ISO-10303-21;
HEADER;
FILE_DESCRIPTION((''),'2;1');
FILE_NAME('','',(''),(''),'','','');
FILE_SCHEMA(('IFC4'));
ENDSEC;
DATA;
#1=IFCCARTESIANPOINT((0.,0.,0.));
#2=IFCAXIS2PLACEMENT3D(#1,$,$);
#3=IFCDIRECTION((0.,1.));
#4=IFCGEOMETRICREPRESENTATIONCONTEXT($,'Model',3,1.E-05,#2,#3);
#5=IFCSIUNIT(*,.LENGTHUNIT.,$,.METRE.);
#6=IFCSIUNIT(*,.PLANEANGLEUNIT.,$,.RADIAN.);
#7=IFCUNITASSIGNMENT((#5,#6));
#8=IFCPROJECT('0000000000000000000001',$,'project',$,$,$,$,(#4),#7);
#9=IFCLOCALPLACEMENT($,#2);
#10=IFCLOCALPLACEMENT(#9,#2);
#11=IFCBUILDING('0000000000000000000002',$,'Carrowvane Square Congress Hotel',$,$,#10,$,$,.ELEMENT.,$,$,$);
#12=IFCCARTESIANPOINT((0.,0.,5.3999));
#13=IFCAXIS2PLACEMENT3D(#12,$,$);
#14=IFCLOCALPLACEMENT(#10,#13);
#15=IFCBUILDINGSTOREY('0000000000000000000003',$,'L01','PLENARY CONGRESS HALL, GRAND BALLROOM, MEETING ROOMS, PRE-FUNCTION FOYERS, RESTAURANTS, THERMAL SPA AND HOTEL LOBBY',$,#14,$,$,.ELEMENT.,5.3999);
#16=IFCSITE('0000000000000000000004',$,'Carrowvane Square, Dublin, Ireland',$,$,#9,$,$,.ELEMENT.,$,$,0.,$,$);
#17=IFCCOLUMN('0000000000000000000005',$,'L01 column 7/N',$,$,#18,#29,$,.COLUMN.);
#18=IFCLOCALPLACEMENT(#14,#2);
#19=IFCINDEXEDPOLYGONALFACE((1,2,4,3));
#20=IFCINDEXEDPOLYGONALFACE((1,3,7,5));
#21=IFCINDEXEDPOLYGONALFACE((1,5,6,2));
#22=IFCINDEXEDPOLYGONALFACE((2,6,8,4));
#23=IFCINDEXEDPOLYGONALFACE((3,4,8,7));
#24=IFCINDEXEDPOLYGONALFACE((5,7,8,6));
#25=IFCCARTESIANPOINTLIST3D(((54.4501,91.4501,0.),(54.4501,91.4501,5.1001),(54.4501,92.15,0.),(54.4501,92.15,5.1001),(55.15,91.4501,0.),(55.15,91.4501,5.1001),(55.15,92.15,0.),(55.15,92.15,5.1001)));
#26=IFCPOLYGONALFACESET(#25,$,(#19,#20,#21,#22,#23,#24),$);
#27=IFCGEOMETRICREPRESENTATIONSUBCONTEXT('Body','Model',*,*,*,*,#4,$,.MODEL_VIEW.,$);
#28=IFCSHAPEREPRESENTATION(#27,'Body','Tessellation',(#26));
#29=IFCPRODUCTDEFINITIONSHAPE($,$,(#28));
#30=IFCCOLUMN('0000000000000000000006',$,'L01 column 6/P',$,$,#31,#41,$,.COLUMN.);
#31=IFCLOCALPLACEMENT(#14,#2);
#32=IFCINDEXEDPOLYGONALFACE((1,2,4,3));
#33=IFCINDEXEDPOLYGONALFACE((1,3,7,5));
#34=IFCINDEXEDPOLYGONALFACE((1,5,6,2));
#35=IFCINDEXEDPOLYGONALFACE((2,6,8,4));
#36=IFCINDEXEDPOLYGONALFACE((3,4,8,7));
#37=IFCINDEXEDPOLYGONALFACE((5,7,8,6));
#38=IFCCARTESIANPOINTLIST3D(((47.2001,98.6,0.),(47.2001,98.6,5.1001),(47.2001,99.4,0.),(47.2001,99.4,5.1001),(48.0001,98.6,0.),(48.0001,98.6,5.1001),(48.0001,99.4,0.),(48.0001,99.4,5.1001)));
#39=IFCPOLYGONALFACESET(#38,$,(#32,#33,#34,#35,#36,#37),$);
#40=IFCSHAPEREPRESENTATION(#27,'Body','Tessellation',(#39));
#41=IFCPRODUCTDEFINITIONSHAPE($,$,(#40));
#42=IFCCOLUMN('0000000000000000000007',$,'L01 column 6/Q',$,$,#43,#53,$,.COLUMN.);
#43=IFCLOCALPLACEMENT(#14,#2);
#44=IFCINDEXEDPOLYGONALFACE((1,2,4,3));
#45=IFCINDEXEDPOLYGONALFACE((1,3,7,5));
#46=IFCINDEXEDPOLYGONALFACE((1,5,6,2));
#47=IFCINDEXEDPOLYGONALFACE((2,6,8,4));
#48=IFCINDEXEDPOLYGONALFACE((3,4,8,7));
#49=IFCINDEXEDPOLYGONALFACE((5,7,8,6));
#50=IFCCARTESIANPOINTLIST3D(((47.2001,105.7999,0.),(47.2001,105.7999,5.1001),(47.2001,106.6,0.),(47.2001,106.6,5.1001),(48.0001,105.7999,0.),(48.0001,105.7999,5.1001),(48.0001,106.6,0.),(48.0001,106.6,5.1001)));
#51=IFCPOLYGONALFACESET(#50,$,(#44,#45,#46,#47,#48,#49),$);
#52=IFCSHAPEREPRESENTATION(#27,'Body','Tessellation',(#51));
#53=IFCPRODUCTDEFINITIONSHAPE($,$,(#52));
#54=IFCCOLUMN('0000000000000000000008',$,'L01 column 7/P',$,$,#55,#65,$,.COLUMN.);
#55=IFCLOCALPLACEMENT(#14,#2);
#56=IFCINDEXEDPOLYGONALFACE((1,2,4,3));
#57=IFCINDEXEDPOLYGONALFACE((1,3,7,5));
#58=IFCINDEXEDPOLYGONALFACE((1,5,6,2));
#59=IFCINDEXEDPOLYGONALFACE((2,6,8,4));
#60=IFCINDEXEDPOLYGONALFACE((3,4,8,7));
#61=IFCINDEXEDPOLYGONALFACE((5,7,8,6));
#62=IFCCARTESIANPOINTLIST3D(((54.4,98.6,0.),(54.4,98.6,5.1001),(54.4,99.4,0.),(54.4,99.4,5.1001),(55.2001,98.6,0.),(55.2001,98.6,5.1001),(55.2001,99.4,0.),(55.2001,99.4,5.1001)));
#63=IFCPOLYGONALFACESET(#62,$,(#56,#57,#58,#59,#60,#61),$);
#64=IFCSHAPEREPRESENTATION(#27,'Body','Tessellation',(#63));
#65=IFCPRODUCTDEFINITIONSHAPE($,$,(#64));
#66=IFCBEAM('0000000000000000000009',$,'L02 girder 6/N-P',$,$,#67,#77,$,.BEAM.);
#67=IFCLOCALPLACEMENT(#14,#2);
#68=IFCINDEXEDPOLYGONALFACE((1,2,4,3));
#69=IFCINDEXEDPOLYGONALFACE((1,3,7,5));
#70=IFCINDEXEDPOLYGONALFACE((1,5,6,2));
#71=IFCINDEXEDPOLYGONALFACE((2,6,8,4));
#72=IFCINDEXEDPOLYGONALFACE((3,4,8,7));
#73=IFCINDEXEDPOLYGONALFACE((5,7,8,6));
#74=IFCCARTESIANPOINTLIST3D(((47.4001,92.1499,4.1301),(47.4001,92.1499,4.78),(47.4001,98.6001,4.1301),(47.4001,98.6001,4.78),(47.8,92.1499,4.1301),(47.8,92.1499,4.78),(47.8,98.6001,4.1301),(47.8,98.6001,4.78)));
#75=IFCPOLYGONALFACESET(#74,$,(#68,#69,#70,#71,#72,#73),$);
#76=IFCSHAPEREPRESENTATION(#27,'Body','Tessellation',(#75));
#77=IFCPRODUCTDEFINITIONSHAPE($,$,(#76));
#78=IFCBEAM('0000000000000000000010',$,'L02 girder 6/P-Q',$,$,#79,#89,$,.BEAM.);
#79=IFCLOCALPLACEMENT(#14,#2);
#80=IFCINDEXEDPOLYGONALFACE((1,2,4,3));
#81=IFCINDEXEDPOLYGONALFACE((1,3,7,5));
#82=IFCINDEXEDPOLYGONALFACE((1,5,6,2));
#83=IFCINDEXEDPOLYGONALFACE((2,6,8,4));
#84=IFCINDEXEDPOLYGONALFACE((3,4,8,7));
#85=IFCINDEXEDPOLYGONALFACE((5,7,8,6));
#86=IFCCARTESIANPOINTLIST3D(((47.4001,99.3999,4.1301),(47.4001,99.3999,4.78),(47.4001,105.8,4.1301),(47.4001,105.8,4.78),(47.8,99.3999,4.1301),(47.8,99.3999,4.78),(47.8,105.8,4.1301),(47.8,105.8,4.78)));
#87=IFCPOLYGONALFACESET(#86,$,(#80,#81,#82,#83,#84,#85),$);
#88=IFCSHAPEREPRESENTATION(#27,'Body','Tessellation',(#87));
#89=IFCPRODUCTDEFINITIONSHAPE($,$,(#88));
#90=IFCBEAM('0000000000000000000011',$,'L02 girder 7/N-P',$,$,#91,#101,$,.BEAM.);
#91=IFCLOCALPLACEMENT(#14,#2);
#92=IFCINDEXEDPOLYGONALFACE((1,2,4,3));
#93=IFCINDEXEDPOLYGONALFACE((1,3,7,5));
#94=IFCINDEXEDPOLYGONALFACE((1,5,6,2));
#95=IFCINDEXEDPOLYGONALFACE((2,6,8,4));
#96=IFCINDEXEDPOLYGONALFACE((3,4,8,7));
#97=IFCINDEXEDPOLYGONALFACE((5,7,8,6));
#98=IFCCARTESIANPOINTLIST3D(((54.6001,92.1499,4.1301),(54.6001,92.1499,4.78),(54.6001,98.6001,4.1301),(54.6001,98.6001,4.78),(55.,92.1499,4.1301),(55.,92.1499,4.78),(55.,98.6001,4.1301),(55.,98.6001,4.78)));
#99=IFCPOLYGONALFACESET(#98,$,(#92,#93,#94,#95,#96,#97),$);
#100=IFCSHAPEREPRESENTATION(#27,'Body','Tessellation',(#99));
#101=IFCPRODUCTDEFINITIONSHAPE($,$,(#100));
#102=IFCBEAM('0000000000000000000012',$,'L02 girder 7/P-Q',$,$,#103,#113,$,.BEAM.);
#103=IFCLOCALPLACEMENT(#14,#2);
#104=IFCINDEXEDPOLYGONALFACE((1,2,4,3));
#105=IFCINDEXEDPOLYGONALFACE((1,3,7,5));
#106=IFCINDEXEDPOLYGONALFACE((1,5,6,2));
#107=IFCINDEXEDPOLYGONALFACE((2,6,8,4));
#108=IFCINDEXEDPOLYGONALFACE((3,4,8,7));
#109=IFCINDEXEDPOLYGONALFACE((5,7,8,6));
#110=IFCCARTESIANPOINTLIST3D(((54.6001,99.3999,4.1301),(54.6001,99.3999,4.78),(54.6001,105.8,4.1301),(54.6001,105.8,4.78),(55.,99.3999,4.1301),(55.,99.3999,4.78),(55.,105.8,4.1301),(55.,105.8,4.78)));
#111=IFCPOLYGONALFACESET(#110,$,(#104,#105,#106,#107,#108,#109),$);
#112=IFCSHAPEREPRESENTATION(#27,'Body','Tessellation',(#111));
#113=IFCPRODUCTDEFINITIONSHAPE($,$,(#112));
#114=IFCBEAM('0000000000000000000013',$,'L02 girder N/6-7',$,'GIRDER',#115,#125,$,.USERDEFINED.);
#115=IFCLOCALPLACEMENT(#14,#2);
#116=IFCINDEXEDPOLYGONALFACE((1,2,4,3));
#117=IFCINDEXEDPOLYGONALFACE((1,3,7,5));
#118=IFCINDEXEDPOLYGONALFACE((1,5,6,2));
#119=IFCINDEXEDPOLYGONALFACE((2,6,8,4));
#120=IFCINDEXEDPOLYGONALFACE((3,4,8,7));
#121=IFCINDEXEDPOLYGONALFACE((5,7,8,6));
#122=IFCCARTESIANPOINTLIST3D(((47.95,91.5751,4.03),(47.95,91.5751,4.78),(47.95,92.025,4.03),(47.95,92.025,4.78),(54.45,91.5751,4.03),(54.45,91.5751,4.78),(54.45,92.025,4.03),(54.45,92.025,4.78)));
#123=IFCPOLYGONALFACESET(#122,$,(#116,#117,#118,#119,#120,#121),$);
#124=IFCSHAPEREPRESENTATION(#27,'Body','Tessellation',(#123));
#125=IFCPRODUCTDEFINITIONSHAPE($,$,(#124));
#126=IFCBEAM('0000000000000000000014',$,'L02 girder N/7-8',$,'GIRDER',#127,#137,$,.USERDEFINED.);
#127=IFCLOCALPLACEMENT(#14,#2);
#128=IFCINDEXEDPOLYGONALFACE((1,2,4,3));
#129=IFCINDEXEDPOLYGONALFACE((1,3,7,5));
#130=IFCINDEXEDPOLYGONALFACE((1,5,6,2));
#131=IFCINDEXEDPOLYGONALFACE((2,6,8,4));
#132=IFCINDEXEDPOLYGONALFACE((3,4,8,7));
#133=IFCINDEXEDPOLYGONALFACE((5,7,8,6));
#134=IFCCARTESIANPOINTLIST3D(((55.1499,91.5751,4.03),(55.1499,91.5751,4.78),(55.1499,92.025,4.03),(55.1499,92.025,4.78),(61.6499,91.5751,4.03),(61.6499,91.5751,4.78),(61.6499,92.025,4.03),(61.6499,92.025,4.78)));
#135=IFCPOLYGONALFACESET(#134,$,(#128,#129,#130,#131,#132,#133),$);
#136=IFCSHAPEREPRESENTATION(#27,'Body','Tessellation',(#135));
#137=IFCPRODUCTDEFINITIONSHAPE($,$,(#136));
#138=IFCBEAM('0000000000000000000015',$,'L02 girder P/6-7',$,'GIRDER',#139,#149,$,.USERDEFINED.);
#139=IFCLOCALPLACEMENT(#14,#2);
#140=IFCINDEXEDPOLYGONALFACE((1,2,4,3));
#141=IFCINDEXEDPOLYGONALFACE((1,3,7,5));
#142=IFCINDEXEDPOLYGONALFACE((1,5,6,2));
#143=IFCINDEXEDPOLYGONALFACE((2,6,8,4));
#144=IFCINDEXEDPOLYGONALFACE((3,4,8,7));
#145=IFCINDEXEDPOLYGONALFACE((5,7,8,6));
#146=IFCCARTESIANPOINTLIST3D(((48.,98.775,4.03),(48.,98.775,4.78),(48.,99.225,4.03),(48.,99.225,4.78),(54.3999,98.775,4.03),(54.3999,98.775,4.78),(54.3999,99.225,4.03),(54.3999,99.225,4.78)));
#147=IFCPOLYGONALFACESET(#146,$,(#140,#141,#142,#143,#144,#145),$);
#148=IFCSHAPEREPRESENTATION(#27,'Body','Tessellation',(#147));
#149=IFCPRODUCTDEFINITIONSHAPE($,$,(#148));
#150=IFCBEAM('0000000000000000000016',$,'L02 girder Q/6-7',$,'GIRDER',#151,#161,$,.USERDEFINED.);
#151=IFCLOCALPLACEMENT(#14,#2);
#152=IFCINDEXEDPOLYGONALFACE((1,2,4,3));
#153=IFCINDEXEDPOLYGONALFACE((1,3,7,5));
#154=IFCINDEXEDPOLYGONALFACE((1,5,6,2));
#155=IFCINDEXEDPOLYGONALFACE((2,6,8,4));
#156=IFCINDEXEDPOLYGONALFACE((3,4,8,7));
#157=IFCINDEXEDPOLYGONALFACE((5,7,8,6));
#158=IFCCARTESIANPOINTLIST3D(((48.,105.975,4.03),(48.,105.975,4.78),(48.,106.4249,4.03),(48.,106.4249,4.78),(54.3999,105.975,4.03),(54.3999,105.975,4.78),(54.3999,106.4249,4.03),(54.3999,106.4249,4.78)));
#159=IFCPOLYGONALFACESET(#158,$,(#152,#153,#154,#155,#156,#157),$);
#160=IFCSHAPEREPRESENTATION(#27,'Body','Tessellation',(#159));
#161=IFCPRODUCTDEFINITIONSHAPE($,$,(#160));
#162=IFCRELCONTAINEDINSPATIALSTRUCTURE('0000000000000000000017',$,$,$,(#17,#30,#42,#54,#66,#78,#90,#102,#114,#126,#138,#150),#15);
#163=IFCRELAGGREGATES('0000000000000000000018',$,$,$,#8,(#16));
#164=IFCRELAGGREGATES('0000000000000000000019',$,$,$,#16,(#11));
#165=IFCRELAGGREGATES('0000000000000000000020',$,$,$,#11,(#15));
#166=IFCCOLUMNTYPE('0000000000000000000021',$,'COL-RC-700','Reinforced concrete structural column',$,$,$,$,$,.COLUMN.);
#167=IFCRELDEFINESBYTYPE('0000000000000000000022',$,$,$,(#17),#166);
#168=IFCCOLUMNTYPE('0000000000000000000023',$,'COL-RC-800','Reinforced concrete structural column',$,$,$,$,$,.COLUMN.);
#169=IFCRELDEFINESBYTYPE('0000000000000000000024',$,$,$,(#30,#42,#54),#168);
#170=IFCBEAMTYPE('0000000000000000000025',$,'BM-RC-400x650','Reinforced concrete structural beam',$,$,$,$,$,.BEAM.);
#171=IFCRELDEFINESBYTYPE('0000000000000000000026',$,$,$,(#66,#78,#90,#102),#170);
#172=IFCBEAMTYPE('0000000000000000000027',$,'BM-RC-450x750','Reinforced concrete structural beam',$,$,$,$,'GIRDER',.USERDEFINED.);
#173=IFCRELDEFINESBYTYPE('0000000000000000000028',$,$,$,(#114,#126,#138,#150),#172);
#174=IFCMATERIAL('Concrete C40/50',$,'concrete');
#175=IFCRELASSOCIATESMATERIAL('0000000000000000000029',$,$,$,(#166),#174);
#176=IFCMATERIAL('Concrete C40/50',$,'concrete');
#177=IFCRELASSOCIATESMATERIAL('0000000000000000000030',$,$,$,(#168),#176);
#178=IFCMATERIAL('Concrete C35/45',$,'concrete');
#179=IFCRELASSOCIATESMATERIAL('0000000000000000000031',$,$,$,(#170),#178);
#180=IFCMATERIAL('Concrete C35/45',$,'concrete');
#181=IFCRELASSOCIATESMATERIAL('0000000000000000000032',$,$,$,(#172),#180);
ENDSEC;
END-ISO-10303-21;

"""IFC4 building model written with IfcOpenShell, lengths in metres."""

from ifc_helpers import new_model, si_unit, direction, frame, origin, origin_2d, place, context, subcontext, project, spatial, rectangle, extrude, material, material_profile, profile_set, type_object, element, save


model = new_model("IFC4")

# Units and contexts
model_context = context("Model", 3, precision=1e-05, world=origin(), true_north=direction((0.0, 1.0)))
body_context = subcontext(model_context, "Body", "Model", "MODEL_VIEW")
ifc_project = project(units=[si_unit("LENGTHUNIT", "METRE"), si_unit("PLANEANGLEUNIT", "RADIAN")], contexts=[model_context])

# Site, building, storey
site_placement = place(None, origin())
site = spatial("IfcSite", under=ifc_project, at=site_placement, Name="Carrowvane Square, Dublin, Ireland", CompositionType="ELEMENT", RefElevation=0.0)
building_placement = place(site_placement, origin())
building = spatial("IfcBuilding", under=site, at=building_placement, Name="Carrowvane Square Congress Hotel", CompositionType="ELEMENT")
storey_placement = place(building_placement, frame((0.0, 0.0, 5.3999)))
storey = spatial("IfcBuildingStorey", under=building, at=storey_placement, Name="L01", Description="PLENARY CONGRESS HALL, GRAND BALLROOM, MEETING ROOMS, PRE-FUNCTION FOYERS, RESTAURANTS, THERMAL SPA AND HOTEL LOBBY", CompositionType="ELEMENT", Elevation=5.3999)

# Columns
ifc_material_1 = material(Name="Concrete C40/50", Category="concrete")
ifc_material_profile_1 = material_profile(ifc_material_1, rectangle(XDim=0.7, YDim=0.7, at=origin_2d()), Name="RC 700x700")
ifc_profile_set_1 = profile_set([ifc_material_profile_1], Name="Concrete C40/50")
column_type_1 = type_object("IfcColumnType", Name="COL-RC-700", Description="Reinforced concrete structural column", PredefinedType="COLUMN", material=ifc_profile_set_1)
column_placement = place(storey_placement, frame((54.8, 91.8, 0.0), z_axis=(0.0, 0.0, 1.0), x_axis=(1.0, 0.0, 0.0)))
element("IfcColumn", 1, at=column_placement, inside=storey, type_object=column_type_1, Name="L01 column 7/N", PredefinedType="COLUMN", context=body_context, shape_type="SweptSolid", body=[
    extrude(rectangle(XDim=0.7, YDim=0.7, at=origin_2d()), origin(), (0.0, 0.0, 1.0), 5.1001),
])
ifc_material_2 = material(Name="Concrete C40/50", Category="concrete")
ifc_material_profile_2 = material_profile(ifc_material_2, rectangle(XDim=0.8, YDim=0.8, at=origin_2d()), Name="RC 800x800")
ifc_profile_set_2 = profile_set([ifc_material_profile_2], Name="Concrete C40/50")
column_type_2 = type_object("IfcColumnType", Name="COL-RC-800", Description="Reinforced concrete structural column", PredefinedType="COLUMN", material=ifc_profile_set_2)
for number, where, z_axis, x_axis, name in (
    (2, (47.6001, 99.0, 0.0), (0.0, 0.0, 1.0), (1.0, 0.0, 0.0), "L01 column 6/P"),
    (3, (47.6001, 106.2, 0.0), (0.0, 0.0, 1.0), (1.0, 0.0, 0.0), "L01 column 6/Q"),
    (4, (54.8, 99.0, 0.0), (0.0, 0.0, 1.0), (1.0, 0.0, 0.0), "L01 column 7/P"),
):
    element("IfcColumn", number, at=place(storey_placement, frame(where, z_axis=z_axis, x_axis=x_axis)), inside=storey, type_object=column_type_2, Name=name, PredefinedType="COLUMN", context=body_context, shape_type="SweptSolid", body=[
        extrude(rectangle(XDim=0.8, YDim=0.8, at=origin_2d()), origin(), (0.0, 0.0, 1.0), 5.1001),
    ])

# Beams
ifc_material_3 = material(Name="Concrete C35/45", Category="concrete")
ifc_material_profile_3 = material_profile(ifc_material_3, rectangle(XDim=0.3999, YDim=0.6499, at=origin_2d()), Name="RC 400x650")
ifc_profile_set_3 = profile_set([ifc_material_profile_3], Name="Concrete C35/45")
beam_type_1 = type_object("IfcBeamType", Name="BM-RC-400x650", Description="Reinforced concrete structural beam", PredefinedType="BEAM", material=ifc_profile_set_3)
beam_1_placement = place(storey_placement, frame((47.6001, 92.1499, 4.4551), z_axis=(0.0, 1.0, 0.0), x_axis=(-1.0, 0.0, 0.0)))
element("IfcBeam", 5, at=beam_1_placement, inside=storey, type_object=beam_type_1, Name="L02 girder 6/N-P", PredefinedType="BEAM", context=body_context, shape_type="SweptSolid", body=[
    extrude(rectangle(XDim=0.3999, YDim=0.6499, at=origin_2d()), origin(), (0.0, 0.0, 1.0), 6.4502),
])
beam_2_placement = place(storey_placement, frame((47.6001, 99.3999, 4.4551), z_axis=(0.0, 1.0, 0.0), x_axis=(-1.0, 0.0, 0.0)))
element("IfcBeam", 6, at=beam_2_placement, inside=storey, type_object=beam_type_1, Name="L02 girder 6/P-Q", PredefinedType="BEAM", context=body_context, shape_type="SweptSolid", body=[
    extrude(rectangle(XDim=0.3999, YDim=0.6499, at=origin_2d()), origin(), (0.0, 0.0, 1.0), 6.4001),
])
beam_3_placement = place(storey_placement, frame((54.8, 92.1499, 4.4551), z_axis=(0.0, 1.0, 0.0), x_axis=(-1.0, 0.0, 0.0)))
element("IfcBeam", 7, at=beam_3_placement, inside=storey, type_object=beam_type_1, Name="L02 girder 7/N-P", PredefinedType="BEAM", context=body_context, shape_type="SweptSolid", body=[
    extrude(rectangle(XDim=0.3999, YDim=0.6499, at=origin_2d()), origin(), (0.0, 0.0, 1.0), 6.4502),
])
beam_4_placement = place(storey_placement, frame((54.8, 99.3999, 4.4551), z_axis=(0.0, 1.0, 0.0), x_axis=(-1.0, 0.0, 0.0)))
element("IfcBeam", 8, at=beam_4_placement, inside=storey, type_object=beam_type_1, Name="L02 girder 7/P-Q", PredefinedType="BEAM", context=body_context, shape_type="SweptSolid", body=[
    extrude(rectangle(XDim=0.3999, YDim=0.6499, at=origin_2d()), origin(), (0.0, 0.0, 1.0), 6.4001),
])
ifc_material_4 = material(Name="Concrete C35/45", Category="concrete")
ifc_material_profile_4 = material_profile(ifc_material_4, rectangle(XDim=0.45, YDim=0.75, at=origin_2d()), Name="RC 450x750")
ifc_profile_set_4 = profile_set([ifc_material_profile_4], Name="Concrete C35/45")
beam_type_2 = type_object("IfcBeamType", Name="BM-RC-450x750", Description="Reinforced concrete structural beam", ElementType="GIRDER", PredefinedType="USERDEFINED", material=ifc_profile_set_4)
for number, where, z_axis, x_axis, name in (
    (9, (47.95, 91.8, 4.405), (1.0, 0.0, 0.0), (0.0, 1.0, 0.0), "L02 girder N/6-7"),
    (10, (55.1499, 91.8, 4.405), (1.0, 0.0, 0.0), (0.0, 1.0, 0.0), "L02 girder N/7-8"),
):
    element("IfcBeam", number, at=place(storey_placement, frame(where, z_axis=z_axis, x_axis=x_axis)), inside=storey, type_object=beam_type_2, Name=name, ObjectType="GIRDER", PredefinedType="USERDEFINED", context=body_context, shape_type="SweptSolid", body=[
        extrude(rectangle(XDim=0.45, YDim=0.75, at=origin_2d()), origin(), (0.0, 0.0, 1.0), 6.5),
    ])
for number, where, z_axis, x_axis, name in (
    (11, (48.0, 99.0, 4.405), (1.0, 0.0, 0.0), (0.0, 1.0, 0.0), "L02 girder P/6-7"),
    (12, (48.0, 106.2, 4.405), (1.0, 0.0, 0.0), (0.0, 1.0, 0.0), "L02 girder Q/6-7"),
):
    element("IfcBeam", number, at=place(storey_placement, frame(where, z_axis=z_axis, x_axis=x_axis)), inside=storey, type_object=beam_type_2, Name=name, ObjectType="GIRDER", PredefinedType="USERDEFINED", context=body_context, shape_type="SweptSolid", body=[
        extrude(rectangle(XDim=0.45, YDim=0.75, at=origin_2d()), origin(), (0.0, 0.0, 1.0), 6.3999),
    ])

save(model, "model.ifc")
